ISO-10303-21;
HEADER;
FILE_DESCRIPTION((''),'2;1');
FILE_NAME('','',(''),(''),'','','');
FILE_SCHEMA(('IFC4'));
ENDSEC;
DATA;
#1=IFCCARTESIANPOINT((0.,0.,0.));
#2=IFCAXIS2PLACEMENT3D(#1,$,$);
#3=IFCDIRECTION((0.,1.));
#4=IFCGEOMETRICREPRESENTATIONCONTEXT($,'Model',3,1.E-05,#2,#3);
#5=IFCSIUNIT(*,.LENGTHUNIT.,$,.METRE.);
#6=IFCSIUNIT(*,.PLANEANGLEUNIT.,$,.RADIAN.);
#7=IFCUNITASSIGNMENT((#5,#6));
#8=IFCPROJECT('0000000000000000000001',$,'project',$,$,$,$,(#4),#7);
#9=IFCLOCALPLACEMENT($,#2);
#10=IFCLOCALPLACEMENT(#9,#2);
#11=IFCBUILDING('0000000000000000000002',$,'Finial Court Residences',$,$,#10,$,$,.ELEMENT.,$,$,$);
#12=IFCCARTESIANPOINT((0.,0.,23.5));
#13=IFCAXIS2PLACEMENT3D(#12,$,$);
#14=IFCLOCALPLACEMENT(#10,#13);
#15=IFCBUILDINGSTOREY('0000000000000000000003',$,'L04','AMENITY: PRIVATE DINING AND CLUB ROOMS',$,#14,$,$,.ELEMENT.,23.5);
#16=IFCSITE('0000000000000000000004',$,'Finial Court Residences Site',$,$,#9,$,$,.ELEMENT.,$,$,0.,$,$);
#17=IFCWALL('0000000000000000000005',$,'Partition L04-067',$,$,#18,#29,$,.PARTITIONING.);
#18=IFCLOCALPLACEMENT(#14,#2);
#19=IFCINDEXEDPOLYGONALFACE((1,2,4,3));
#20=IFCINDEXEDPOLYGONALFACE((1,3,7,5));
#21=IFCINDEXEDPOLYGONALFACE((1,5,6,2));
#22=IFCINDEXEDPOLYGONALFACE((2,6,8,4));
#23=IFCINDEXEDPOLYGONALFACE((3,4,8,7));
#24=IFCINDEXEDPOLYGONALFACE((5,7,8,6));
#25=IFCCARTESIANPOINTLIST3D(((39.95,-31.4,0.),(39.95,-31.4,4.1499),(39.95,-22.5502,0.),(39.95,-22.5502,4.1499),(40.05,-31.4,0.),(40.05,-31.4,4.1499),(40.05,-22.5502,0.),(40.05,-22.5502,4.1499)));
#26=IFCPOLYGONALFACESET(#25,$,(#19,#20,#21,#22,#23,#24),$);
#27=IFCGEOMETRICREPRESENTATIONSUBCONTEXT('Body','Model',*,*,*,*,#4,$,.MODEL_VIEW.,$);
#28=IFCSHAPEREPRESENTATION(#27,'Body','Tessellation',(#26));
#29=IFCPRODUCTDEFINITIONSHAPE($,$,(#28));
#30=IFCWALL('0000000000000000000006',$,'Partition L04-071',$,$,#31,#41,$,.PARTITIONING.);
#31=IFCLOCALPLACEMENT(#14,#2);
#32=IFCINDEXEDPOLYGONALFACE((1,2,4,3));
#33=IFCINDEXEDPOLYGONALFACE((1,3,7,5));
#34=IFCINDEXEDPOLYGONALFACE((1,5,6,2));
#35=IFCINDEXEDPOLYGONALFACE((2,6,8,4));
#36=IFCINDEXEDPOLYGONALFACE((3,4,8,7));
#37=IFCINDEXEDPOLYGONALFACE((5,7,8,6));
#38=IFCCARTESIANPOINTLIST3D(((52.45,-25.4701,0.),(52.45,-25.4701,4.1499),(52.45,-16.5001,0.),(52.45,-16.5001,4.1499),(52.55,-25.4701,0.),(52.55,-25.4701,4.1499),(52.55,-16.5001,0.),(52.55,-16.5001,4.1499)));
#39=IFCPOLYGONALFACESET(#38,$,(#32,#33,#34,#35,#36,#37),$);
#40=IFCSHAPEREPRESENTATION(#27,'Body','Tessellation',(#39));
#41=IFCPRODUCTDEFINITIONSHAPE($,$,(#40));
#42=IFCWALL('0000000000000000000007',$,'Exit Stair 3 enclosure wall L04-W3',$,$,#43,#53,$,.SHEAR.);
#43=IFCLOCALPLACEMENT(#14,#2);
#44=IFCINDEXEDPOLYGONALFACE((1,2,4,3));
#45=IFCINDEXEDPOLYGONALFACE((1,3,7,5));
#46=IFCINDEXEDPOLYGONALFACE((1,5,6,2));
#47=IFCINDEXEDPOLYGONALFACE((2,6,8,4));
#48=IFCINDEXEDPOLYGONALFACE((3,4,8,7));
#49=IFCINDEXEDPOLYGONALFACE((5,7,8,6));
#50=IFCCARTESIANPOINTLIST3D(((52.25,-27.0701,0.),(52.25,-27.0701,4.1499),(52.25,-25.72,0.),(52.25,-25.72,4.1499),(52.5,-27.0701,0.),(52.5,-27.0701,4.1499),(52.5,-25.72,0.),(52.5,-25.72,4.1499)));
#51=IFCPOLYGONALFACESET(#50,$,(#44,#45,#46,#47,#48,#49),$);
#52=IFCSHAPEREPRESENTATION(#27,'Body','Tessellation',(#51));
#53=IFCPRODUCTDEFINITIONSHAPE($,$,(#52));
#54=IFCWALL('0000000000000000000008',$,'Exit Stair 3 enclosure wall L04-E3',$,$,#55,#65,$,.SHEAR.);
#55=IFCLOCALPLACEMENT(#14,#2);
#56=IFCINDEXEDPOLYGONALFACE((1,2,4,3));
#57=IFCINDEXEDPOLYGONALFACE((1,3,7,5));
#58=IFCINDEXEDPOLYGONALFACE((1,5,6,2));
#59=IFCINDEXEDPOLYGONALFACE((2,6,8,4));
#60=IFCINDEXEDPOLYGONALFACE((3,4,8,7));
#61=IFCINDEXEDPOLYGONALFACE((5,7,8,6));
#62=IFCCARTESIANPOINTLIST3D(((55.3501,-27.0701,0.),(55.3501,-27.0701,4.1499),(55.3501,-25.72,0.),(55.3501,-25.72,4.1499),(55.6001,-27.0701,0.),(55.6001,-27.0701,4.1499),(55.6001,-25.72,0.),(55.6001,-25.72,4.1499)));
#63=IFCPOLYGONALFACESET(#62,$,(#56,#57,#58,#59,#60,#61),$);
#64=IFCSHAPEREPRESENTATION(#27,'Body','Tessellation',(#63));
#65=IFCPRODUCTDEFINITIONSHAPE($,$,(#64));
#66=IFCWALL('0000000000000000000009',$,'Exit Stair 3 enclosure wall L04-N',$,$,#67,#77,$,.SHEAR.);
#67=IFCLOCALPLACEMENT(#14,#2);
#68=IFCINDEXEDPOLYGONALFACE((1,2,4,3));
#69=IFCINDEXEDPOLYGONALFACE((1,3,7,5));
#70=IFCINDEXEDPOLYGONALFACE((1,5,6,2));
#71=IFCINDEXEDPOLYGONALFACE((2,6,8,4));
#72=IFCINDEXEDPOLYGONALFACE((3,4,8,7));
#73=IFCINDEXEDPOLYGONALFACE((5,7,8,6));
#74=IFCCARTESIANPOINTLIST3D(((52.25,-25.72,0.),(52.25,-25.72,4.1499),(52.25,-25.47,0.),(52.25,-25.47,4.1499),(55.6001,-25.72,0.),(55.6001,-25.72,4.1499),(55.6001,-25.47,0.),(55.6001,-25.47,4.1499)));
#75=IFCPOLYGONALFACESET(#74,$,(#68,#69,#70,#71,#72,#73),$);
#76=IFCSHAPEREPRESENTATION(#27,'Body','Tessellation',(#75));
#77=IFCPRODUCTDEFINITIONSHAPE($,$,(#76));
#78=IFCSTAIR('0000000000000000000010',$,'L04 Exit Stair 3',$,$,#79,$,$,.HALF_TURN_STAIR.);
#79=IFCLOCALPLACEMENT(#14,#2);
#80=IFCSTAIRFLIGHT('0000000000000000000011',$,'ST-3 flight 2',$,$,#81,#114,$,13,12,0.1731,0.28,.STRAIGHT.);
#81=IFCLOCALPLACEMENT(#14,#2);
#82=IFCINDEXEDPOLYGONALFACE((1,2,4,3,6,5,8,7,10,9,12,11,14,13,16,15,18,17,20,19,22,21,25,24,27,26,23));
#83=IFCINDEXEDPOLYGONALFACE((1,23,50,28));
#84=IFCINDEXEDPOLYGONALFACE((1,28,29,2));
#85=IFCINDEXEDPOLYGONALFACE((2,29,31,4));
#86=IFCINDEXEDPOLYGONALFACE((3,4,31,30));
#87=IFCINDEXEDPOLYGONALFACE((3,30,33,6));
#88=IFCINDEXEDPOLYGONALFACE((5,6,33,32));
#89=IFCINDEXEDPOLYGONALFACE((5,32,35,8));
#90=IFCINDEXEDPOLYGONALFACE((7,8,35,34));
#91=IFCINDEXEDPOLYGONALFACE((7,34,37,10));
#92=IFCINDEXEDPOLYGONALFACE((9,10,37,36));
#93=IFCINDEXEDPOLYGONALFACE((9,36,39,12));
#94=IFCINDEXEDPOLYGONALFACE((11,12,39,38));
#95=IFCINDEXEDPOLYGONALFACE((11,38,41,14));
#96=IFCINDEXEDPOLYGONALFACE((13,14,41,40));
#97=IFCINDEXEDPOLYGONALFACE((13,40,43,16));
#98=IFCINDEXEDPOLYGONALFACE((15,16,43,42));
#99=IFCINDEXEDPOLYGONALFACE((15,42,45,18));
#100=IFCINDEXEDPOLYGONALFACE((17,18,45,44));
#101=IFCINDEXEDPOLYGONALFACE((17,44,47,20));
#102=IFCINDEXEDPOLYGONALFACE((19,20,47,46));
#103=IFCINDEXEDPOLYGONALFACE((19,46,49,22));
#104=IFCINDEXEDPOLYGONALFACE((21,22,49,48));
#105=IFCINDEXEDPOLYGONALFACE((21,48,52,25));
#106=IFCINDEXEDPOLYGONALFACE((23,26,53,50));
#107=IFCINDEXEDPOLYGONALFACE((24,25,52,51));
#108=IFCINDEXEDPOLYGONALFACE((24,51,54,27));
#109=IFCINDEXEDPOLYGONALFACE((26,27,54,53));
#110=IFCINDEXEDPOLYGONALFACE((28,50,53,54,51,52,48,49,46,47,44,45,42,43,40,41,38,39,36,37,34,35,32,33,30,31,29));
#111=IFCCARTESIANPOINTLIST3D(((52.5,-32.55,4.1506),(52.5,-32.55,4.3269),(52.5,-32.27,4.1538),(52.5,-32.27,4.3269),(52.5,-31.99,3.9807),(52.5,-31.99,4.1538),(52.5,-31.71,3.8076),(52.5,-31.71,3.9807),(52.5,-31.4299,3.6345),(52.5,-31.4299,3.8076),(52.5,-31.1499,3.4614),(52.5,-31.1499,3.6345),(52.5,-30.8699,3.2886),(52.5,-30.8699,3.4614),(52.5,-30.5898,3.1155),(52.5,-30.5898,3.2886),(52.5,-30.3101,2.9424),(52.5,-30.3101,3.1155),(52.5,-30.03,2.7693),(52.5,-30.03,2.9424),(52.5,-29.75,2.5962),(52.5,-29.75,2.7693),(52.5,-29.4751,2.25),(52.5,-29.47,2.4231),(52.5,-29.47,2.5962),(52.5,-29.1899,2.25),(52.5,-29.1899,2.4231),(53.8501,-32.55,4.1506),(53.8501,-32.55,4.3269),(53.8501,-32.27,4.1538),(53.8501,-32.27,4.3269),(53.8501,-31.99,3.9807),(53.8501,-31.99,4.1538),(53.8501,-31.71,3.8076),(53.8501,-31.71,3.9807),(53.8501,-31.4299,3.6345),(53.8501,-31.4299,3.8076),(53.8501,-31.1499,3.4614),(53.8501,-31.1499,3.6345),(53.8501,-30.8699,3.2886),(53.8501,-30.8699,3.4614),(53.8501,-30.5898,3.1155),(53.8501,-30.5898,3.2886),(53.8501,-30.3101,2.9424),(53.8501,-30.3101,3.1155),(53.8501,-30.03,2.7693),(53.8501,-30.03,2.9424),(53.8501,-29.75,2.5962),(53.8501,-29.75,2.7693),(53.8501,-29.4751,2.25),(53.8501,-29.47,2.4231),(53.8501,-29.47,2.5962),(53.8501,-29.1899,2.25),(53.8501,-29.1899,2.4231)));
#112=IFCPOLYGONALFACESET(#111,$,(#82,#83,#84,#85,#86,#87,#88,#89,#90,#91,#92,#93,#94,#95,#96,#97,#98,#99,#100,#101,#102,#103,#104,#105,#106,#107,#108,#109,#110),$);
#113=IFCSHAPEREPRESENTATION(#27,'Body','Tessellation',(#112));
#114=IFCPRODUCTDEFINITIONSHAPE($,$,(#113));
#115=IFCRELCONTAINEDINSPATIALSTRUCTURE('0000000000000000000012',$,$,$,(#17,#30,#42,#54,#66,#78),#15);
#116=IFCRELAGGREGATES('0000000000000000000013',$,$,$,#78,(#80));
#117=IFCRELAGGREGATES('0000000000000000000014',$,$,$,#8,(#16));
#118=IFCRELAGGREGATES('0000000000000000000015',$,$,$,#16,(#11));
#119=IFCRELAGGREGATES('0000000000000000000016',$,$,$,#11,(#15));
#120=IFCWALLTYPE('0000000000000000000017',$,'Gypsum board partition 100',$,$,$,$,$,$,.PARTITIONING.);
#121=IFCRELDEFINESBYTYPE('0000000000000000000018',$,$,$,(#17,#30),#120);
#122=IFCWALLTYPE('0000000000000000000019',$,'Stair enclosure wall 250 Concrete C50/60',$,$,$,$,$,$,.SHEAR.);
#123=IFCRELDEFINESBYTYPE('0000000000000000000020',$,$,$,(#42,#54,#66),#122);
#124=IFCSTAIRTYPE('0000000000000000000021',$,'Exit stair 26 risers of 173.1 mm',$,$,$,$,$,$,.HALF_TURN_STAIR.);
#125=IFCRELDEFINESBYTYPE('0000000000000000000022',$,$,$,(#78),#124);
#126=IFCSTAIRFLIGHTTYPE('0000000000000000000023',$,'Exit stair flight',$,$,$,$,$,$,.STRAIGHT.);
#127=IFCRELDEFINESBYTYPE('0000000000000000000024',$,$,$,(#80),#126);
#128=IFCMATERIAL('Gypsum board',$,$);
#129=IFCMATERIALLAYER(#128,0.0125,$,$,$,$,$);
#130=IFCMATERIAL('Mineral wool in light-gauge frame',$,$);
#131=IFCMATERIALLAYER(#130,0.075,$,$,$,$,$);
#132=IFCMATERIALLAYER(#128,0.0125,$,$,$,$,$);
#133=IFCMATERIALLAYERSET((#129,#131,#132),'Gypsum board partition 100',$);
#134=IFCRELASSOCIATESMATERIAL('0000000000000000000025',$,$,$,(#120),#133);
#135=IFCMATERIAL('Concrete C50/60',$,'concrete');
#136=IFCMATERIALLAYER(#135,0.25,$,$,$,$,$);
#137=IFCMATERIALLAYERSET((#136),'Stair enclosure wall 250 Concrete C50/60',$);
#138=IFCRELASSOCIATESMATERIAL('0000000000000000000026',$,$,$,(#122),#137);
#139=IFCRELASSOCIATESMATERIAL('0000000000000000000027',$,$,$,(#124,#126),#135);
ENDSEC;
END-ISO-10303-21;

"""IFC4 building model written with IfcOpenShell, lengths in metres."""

from ifc_helpers import new_model, si_unit, direction, frame, frame_2d, origin, place, context, subcontext, project, spatial, polyline, rectangle, outline, extrude, material, layer, layer_set, type_object, element, aggregate, save


model = new_model("IFC4")

# Units and contexts
model_context = context("Model", 3, precision=1e-05, world=origin(), true_north=direction((0.0, 1.0)))
body_context = subcontext(model_context, "Body", "Model", "MODEL_VIEW")
ifc_project = project(units=[si_unit("LENGTHUNIT", "METRE"), si_unit("PLANEANGLEUNIT", "RADIAN")], contexts=[model_context])

# Site, building, storey
site_placement = place(None, origin())
site = spatial("IfcSite", under=ifc_project, at=site_placement, Name="Finial Court Residences Site", CompositionType="ELEMENT", RefElevation=0.0)
building_placement = place(site_placement, origin())
building = spatial("IfcBuilding", under=site, at=building_placement, Name="Finial Court Residences", CompositionType="ELEMENT")
storey_placement = place(building_placement, frame((0.0, 0.0, 23.5)))
storey = spatial("IfcBuildingStorey", under=building, at=storey_placement, Name="L04", Description="AMENITY: PRIVATE DINING AND CLUB ROOMS", CompositionType="ELEMENT", Elevation=23.5)

# Shared definitions
ifc_material_1 = material(Name="Concrete C50/60", Category="concrete")

# Shared definitions
ifc_material_2 = material(Name="Gypsum board")

# Walls
ifc_layer_1 = layer(ifc_material_2, 0.0125)
ifc_material_3 = material(Name="Mineral wool in light-gauge frame")
ifc_layer_2 = layer(ifc_material_3, 0.075)
ifc_layer_3 = layer(ifc_material_2, 0.0125)
ifc_layer_set_1 = layer_set([ifc_layer_1, ifc_layer_2, ifc_layer_3], Name="Gypsum board partition 100")
wall_type_1 = type_object("IfcWallType", Name="Gypsum board partition 100", PredefinedType="PARTITIONING", material=ifc_layer_set_1)
wall_1_placement = place(storey_placement, frame((40.0, -31.3999, 0.0), z_axis=(0.0, 0.0, 1.0), x_axis=(0.0, 1.0, 0.0)))
element("IfcWall", 1, at=wall_1_placement, inside=storey, type_object=wall_type_1, Name="Partition L04-067", PredefinedType="PARTITIONING", context=body_context, shape_type="SweptSolid", body=[
    extrude(rectangle(XDim=8.8499, YDim=0.1001, at=frame_2d((4.4248, 0.0))), origin(), (0.0, 0.0, 1.0), 4.1499),
])
wall_2_placement = place(storey_placement, frame((52.5, -25.47, 0.0), z_axis=(0.0, 0.0, 1.0), x_axis=(0.0, 1.0, 0.0)))
element("IfcWall", 2, at=wall_2_placement, inside=storey, type_object=wall_type_1, Name="Partition L04-071", PredefinedType="PARTITIONING", context=body_context, shape_type="SweptSolid", body=[
    extrude(rectangle(XDim=8.97, YDim=0.1001, at=frame_2d((4.4849, 0.0))), origin(), (0.0, 0.0, 1.0), 4.1499),
])
ifc_layer_4 = layer(ifc_material_1, 0.25)
ifc_layer_set_2 = layer_set([ifc_layer_4], Name="Stair enclosure wall 250 Concrete C50/60")
wall_type_2 = type_object("IfcWallType", Name="Stair enclosure wall 250 Concrete C50/60", PredefinedType="SHEAR", material=ifc_layer_set_2)
for number, where, z_axis, x_axis, name in (
    (3, (52.375, -27.0701, 0.0), (0.0, 0.0, 1.0), (0.0, 1.0, 0.0), "Exit Stair 3 enclosure wall L04-W3"),
    (4, (55.4751, -27.0701, 0.0), (0.0, 0.0, 1.0), (0.0, 1.0, 0.0), "Exit Stair 3 enclosure wall L04-E3"),
):
    element("IfcWall", number, at=place(storey_placement, frame(where, z_axis=z_axis, x_axis=x_axis)), inside=storey, type_object=wall_type_2, Name=name, PredefinedType="SHEAR", context=body_context, shape_type="SweptSolid", body=[
        extrude(rectangle(XDim=1.3501, YDim=0.25, at=frame_2d((0.675, 0.0))), origin(), (0.0, 0.0, 1.0), 4.1499),
    ])
wall_3_placement = place(storey_placement, frame((52.25, -25.595, 0.0), z_axis=(0.0, 0.0, 1.0), x_axis=(1.0, 0.0, 0.0)))
element("IfcWall", 5, at=wall_3_placement, inside=storey, type_object=wall_type_2, Name="Exit Stair 3 enclosure wall L04-N", PredefinedType="SHEAR", context=body_context, shape_type="SweptSolid", body=[
    extrude(rectangle(XDim=3.3501, YDim=0.25, at=frame_2d((1.675, 0.0))), origin(), (0.0, 0.0, 1.0), 4.1499),
])

# Stair, stair flight
stair_type = type_object("IfcStairType", Name="Exit stair 26 risers of 173.1 mm", PredefinedType="HALF_TURN_STAIR", material=ifc_material_1)
stair_placement = place(storey_placement, origin())
stair = element("IfcStair", 6, at=stair_placement, inside=storey, type_object=stair_type, Name="L04 Exit Stair 3", PredefinedType="HALF_TURN_STAIR")
stair_flight_type = type_object("IfcStairFlightType", Name="Exit stair flight", PredefinedType="STRAIGHT", material=ifc_material_1)
stair_flight_placement = place(storey_placement, frame((53.175, -29.1899, 2.25), z_axis=(0.0, 0.0, 1.0), x_axis=(0.0, -1.0, 0.0)))
stair_flight = element("IfcStairFlight", 7, at=stair_flight_placement, type_object=stair_flight_type, Name="ST-3 flight 2", NumberOfRisers=13, NumberOfTreads=12, PredefinedType="STRAIGHT", RiserHeight=0.1731, TreadLength=0.28, context=body_context, shape_type="SweptSolid", body=[
    extrude(outline(polyline([(0.0, 0.0), (0.0, 0.1731), (0.28, 0.1731), (0.28, 0.3462), (0.5601, 0.3462), (0.5601, 0.5193), (0.8401, 0.5193), (0.8401, 0.6924), (1.1201, 0.6924), (1.1201, 0.8655), (1.3999, 0.8655), (1.3999, 1.0386), (1.6799, 1.0386), (1.6799, 1.2114), (1.96, 1.2114), (1.96, 1.3845), (2.24, 1.3845), (2.24, 1.5576), (2.52, 1.5576), (2.52, 1.7307), (2.8, 1.7307), (2.8, 1.9038), (3.0801, 1.9038), (3.0801, 2.0769), (3.3601, 2.0769), (3.3601, 2.25), (3.3601, 1.9006), (0.2852, 0.0), (0.0, 0.0)])), frame((0.0, 0.675, 0.0), z_axis=(0.0, -1.0, 0.0), x_axis=(1.0, 0.0, 0.0)), (0.0, 0.0, 1.0), 1.3501),
])
aggregate(stair, [stair_flight])

save(model, "model.ifc")
